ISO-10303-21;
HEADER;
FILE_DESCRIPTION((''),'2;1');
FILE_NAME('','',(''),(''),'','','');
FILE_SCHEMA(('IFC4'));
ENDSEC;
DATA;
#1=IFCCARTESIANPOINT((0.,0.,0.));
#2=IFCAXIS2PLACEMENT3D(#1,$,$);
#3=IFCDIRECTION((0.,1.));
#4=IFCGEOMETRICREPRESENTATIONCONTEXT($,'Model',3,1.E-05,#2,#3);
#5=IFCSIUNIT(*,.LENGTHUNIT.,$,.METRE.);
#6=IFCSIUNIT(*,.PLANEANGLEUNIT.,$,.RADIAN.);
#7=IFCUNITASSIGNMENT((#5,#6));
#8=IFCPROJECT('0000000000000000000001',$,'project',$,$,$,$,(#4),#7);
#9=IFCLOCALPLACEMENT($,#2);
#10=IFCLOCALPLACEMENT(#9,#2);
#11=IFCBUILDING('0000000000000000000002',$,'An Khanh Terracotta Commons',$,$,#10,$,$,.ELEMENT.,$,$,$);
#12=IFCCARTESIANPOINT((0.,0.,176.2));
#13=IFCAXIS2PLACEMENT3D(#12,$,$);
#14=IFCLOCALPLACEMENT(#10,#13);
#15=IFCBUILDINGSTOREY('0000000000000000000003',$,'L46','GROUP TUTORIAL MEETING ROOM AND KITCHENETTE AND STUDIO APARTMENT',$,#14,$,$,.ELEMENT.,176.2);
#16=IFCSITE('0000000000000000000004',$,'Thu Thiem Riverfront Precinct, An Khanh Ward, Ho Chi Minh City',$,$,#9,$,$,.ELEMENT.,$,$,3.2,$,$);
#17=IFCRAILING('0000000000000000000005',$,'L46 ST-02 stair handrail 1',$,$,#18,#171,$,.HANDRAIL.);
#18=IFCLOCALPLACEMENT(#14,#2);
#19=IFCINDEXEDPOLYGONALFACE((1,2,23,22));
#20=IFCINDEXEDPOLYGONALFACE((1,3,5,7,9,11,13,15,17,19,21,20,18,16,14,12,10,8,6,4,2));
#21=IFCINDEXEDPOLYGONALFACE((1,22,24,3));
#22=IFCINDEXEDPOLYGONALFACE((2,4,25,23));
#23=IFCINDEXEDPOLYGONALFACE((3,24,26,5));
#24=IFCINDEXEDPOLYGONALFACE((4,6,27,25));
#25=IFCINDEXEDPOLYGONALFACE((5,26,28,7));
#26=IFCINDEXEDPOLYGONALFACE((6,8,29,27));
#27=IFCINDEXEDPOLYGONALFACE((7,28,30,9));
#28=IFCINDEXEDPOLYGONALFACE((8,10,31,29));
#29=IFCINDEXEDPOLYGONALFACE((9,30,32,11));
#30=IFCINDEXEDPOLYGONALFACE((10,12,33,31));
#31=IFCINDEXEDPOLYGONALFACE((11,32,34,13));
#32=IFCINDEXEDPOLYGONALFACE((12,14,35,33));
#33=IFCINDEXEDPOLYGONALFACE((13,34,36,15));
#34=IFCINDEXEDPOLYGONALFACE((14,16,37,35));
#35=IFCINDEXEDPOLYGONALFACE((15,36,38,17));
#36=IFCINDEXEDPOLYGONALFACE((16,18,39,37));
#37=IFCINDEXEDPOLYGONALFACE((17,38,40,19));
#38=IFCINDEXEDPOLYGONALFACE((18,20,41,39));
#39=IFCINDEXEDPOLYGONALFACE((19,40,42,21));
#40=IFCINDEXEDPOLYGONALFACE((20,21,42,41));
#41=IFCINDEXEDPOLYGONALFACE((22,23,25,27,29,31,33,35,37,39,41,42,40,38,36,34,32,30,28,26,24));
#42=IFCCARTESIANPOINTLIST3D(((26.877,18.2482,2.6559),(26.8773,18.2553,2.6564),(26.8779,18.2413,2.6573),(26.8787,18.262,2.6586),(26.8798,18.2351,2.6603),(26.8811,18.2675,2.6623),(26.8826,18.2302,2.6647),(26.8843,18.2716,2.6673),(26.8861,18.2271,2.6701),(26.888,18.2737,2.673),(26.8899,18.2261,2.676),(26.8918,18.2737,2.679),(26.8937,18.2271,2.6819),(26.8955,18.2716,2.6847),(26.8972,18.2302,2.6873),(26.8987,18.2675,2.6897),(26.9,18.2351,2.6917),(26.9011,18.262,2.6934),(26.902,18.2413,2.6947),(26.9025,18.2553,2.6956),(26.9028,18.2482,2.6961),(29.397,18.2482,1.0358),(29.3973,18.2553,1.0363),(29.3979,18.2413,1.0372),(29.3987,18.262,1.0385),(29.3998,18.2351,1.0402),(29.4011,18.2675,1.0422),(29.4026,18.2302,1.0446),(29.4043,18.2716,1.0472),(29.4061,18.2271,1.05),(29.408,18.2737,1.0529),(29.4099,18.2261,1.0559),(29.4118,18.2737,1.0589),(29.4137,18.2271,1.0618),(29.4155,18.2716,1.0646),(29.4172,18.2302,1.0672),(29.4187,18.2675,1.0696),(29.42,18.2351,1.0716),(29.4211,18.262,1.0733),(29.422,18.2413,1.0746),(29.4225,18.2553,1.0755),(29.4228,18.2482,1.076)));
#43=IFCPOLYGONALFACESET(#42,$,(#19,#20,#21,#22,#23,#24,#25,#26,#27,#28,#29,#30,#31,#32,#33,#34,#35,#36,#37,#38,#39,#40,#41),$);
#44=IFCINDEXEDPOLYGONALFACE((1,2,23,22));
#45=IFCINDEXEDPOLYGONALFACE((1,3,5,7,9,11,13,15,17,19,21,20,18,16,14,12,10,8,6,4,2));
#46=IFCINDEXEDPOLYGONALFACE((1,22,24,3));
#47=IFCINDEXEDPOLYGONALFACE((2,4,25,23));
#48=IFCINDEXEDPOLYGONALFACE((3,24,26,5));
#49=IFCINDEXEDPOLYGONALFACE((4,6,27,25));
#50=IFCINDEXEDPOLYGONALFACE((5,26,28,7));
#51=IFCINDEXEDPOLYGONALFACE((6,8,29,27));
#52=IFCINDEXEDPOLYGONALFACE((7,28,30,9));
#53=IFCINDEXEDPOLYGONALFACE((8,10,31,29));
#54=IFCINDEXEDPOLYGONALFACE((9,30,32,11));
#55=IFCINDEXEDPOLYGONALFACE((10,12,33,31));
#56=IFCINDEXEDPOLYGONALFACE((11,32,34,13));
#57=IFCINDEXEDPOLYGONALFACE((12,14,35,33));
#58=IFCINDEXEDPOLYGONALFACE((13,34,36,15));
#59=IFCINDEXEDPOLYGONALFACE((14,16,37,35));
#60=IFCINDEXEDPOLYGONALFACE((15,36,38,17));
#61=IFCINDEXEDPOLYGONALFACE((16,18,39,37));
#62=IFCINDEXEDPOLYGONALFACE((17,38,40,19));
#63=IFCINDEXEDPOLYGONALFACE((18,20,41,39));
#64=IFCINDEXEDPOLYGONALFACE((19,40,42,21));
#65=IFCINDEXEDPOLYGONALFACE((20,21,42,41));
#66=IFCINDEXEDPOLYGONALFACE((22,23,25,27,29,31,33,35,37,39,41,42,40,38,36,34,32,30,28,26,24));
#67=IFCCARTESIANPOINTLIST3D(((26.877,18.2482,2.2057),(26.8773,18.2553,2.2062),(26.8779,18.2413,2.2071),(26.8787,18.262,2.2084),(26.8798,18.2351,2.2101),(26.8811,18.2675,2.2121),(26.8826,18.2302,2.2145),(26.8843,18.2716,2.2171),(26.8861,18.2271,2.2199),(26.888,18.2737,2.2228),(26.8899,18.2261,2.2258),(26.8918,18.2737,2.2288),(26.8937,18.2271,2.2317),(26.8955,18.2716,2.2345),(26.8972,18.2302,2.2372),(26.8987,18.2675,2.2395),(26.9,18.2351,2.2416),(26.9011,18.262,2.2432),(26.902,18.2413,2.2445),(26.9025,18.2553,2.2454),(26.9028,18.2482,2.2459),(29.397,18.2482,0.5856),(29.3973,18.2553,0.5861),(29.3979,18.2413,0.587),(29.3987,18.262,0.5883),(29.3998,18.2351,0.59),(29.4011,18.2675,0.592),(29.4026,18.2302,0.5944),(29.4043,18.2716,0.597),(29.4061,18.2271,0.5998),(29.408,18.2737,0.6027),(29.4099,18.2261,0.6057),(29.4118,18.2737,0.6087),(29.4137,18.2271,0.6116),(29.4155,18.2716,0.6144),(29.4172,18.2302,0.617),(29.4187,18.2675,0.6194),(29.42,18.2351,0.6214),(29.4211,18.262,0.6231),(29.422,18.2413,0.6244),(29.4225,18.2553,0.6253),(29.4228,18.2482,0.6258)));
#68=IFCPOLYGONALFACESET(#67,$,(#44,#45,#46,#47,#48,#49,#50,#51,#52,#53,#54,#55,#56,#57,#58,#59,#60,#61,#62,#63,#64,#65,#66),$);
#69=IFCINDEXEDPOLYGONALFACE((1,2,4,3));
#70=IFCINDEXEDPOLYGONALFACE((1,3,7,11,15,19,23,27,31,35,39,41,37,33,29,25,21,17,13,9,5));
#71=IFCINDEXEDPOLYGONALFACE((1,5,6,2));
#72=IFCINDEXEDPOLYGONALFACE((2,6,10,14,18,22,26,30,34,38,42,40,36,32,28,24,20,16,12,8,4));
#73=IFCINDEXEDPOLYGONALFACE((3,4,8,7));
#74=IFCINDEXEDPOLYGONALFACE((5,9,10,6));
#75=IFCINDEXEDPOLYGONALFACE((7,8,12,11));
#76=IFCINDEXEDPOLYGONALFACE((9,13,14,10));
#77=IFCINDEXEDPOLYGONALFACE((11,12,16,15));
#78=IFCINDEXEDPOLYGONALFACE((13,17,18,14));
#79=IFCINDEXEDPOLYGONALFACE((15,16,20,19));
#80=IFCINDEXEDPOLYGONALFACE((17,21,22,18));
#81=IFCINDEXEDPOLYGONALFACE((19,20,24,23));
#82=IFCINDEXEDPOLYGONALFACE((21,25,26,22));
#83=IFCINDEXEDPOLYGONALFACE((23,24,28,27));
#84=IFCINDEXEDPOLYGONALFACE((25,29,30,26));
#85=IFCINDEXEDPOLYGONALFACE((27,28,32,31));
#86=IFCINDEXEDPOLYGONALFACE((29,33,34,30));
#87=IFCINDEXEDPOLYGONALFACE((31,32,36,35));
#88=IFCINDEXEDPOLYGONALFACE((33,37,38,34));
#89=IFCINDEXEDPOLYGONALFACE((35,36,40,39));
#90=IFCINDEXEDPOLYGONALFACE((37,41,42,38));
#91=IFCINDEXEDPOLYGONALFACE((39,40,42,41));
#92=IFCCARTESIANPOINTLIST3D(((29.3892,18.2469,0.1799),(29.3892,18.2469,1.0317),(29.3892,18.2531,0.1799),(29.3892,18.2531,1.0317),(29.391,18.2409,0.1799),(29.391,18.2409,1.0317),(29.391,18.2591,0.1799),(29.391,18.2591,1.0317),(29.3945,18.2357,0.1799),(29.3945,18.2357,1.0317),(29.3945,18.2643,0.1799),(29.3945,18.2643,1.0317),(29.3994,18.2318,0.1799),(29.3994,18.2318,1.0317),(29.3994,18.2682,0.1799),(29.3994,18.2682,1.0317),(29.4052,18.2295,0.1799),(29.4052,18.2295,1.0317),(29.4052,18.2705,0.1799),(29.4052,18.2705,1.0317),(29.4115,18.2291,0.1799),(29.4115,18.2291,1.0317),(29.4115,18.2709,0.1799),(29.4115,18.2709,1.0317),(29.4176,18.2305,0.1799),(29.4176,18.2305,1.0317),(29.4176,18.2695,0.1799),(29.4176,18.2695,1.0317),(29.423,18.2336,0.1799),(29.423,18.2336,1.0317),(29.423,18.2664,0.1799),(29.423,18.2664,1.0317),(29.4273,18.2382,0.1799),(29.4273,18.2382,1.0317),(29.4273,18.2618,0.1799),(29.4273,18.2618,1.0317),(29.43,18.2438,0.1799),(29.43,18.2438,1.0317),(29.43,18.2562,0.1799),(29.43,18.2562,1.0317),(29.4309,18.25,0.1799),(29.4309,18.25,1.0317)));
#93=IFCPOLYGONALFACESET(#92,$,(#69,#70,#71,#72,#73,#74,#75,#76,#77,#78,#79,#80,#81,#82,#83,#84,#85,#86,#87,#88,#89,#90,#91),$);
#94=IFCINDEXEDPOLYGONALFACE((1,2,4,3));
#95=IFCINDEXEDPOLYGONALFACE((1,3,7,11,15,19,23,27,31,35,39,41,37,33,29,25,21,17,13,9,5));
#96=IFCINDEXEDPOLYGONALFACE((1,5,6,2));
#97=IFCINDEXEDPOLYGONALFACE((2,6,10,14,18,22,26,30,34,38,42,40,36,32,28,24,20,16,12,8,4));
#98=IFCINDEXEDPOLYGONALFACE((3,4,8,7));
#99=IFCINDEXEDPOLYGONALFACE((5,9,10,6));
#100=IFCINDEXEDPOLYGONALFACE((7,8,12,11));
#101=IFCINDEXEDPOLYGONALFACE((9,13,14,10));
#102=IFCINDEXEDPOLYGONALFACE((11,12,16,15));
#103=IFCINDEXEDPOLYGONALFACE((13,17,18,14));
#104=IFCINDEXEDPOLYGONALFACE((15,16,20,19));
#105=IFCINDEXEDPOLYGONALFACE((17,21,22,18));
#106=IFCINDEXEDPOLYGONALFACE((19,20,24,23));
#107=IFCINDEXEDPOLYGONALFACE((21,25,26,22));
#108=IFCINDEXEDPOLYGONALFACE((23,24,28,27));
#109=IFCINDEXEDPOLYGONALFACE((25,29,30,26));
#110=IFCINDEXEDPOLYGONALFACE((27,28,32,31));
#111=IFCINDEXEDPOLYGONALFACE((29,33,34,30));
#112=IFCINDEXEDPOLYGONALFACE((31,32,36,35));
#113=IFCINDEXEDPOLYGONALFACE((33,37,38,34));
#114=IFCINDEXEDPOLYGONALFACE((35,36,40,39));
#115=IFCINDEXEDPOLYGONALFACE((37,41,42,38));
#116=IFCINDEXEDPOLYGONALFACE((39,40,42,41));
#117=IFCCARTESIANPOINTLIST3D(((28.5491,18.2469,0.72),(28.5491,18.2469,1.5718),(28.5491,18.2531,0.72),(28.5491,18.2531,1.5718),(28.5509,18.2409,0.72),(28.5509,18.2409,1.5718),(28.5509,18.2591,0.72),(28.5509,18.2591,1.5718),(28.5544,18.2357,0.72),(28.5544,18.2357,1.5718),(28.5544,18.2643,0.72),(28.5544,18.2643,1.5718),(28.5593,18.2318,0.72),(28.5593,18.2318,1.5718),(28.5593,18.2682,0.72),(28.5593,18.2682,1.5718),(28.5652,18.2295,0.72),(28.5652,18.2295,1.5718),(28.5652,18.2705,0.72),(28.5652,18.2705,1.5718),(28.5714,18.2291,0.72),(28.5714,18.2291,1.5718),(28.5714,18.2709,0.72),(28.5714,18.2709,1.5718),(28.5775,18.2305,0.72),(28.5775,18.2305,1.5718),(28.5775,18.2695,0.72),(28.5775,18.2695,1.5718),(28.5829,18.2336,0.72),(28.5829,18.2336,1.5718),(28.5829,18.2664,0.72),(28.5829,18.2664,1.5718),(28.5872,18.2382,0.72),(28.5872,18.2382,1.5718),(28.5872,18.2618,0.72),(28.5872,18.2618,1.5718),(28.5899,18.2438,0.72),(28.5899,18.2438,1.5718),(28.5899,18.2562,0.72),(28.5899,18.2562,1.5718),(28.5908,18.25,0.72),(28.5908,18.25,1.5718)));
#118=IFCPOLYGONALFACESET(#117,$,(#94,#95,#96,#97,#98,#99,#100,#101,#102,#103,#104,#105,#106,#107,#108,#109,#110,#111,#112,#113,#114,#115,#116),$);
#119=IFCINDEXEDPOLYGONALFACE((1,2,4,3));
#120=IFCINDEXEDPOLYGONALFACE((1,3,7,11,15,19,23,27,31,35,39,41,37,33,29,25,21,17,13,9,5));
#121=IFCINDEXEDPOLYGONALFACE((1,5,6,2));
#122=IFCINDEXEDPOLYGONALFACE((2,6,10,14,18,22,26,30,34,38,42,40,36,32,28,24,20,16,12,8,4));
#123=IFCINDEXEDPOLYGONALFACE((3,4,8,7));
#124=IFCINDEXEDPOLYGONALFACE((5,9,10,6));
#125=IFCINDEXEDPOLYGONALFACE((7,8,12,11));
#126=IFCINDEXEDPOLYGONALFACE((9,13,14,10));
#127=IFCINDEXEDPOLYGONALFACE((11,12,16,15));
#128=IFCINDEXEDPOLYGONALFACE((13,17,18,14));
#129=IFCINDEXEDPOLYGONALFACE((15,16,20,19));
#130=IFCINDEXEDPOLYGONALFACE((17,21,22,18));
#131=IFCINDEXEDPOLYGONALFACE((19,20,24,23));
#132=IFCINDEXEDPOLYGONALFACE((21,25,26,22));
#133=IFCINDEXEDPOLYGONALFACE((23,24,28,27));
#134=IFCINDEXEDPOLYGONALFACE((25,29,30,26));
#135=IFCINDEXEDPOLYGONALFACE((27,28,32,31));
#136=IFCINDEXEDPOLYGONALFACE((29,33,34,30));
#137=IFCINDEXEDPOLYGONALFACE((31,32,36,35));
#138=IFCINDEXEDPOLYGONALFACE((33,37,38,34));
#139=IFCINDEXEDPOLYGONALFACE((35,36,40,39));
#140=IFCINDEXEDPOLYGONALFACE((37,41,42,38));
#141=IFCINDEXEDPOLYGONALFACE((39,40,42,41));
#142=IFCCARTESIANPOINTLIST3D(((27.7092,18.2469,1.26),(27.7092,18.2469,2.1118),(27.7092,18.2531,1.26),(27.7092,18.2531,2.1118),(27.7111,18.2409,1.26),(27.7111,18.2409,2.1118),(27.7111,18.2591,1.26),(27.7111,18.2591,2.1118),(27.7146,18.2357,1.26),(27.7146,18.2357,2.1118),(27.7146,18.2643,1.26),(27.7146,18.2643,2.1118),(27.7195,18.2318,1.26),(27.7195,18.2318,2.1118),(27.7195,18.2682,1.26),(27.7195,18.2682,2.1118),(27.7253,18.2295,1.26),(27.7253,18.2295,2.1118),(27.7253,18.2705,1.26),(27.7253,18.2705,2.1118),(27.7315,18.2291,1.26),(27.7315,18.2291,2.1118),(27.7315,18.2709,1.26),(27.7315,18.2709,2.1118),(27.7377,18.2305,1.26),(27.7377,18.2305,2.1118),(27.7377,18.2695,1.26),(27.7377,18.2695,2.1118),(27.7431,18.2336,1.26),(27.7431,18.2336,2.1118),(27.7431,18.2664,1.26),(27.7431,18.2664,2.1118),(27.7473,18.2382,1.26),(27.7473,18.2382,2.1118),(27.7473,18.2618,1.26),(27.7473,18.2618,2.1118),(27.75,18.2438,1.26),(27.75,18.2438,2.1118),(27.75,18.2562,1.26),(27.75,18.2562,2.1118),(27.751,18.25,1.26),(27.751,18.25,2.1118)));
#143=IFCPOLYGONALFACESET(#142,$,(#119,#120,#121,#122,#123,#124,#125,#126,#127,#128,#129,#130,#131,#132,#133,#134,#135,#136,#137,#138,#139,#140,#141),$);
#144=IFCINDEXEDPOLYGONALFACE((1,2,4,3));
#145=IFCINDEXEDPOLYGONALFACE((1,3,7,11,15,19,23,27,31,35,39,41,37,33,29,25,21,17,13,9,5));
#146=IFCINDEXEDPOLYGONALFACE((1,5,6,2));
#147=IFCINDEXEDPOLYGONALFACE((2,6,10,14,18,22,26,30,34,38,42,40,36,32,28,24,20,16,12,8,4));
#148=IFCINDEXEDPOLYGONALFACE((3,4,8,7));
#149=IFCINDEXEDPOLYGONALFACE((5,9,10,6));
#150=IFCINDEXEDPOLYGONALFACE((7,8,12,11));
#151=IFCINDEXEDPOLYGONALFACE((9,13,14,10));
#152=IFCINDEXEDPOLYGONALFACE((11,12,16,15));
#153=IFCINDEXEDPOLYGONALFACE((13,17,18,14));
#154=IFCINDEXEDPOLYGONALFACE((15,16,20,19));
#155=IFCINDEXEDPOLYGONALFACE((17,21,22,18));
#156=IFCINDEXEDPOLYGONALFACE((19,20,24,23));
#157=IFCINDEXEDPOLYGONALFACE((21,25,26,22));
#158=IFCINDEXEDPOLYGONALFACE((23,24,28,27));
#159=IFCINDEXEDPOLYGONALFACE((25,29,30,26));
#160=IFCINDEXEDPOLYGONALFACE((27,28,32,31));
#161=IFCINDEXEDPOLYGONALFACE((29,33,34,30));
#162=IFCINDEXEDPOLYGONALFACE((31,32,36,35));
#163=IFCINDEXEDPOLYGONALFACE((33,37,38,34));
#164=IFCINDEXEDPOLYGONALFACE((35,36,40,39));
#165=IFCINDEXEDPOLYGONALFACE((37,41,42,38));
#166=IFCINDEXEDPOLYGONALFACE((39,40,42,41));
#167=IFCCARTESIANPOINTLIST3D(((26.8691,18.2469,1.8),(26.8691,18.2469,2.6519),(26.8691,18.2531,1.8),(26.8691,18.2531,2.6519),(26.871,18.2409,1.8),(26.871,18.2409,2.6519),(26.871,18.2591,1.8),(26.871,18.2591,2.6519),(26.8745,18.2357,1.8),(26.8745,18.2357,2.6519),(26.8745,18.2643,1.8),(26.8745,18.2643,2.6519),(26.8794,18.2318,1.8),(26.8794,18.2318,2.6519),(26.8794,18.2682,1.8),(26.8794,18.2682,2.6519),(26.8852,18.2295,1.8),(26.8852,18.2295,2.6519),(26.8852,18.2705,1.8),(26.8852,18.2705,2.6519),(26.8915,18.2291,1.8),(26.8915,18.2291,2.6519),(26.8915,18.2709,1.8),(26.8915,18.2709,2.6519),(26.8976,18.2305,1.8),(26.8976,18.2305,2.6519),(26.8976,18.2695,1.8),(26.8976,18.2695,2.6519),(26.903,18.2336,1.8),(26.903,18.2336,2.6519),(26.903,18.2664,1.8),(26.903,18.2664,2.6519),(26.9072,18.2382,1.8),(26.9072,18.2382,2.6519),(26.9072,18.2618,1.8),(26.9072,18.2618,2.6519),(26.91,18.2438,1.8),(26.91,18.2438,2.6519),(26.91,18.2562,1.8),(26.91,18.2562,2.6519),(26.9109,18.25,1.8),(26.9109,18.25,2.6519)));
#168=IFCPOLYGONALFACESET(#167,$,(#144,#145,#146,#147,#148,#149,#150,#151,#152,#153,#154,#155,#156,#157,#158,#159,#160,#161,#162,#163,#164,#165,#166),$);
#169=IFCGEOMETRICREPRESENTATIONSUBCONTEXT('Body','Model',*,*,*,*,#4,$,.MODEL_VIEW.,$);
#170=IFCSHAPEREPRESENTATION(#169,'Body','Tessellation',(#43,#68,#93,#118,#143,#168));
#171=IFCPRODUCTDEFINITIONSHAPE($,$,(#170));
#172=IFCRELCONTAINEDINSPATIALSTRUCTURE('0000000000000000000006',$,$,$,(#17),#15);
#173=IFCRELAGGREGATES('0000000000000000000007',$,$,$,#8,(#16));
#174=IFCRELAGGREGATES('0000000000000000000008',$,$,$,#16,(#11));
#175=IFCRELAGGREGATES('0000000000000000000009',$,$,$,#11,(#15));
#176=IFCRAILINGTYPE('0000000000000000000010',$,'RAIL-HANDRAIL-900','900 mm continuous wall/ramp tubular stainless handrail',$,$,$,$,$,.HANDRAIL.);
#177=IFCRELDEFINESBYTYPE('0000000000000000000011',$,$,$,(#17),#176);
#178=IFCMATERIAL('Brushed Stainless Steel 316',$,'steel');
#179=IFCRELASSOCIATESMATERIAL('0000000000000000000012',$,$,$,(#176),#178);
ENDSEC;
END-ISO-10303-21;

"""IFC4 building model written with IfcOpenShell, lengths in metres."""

from ifc_helpers import new_model, si_unit, direction, frame, origin, origin_2d, place, context, subcontext, project, spatial, circle, extrude, material, type_object, element, save


model = new_model("IFC4")

# Units and contexts
model_context = context("Model", 3, precision=1e-05, world=origin(), true_north=direction((0.0, 1.0)))
body_context = subcontext(model_context, "Body", "Model", "MODEL_VIEW")
ifc_project = project(units=[si_unit("LENGTHUNIT", "METRE"), si_unit("PLANEANGLEUNIT", "RADIAN")], contexts=[model_context])

# Site, building, storey
site_placement = place(None, origin())
site = spatial("IfcSite", under=ifc_project, at=site_placement, Name="Thu Thiem Riverfront Precinct, An Khanh Ward, Ho Chi Minh City", CompositionType="ELEMENT", RefElevation=3.2)
building_placement = place(site_placement, origin())
building = spatial("IfcBuilding", under=site, at=building_placement, Name="An Khanh Terracotta Commons", CompositionType="ELEMENT")
storey_placement = place(building_placement, frame((0.0, 0.0, 176.2)))
storey = spatial("IfcBuildingStorey", under=building, at=storey_placement, Name="L46", Description="GROUP TUTORIAL MEETING ROOM AND KITCHENETTE AND STUDIO APARTMENT", CompositionType="ELEMENT", Elevation=176.2)

# Railing
ifc_material_1 = material(Name="Brushed Stainless Steel 316", Category="steel")
railing_type_1 = type_object("IfcRailingType", Name="RAIL-HANDRAIL-900", Description="900 mm continuous wall/ramp tubular stainless handrail", PredefinedType="HANDRAIL", material=ifc_material_1)
railing_1_placement = place(storey_placement, frame((29.4099, 18.25, 0.1799)))
element("IfcRailing", 1, at=railing_1_placement, inside=storey, type_object=railing_type_1, Name="L46 ST-02 stair handrail 1", PredefinedType="HANDRAIL", context=body_context, shape_type="SweptSolid", body=[
    extrude(circle(Radius=0.0239, at=origin_2d()), frame((0.0, 0.0, 0.876), z_axis=(-0.841163, 0.0, 0.540782), x_axis=(0.0, -1.0, 0.0)), (0.0, 0.0, 1.0), 2.9958),
    extrude(circle(Radius=0.0239, at=origin_2d()), frame((0.0, 0.0, 0.4258), z_axis=(-0.841163, 0.0, 0.540782), x_axis=(0.0, -1.0, 0.0)), (0.0, 0.0, 1.0), 2.9958),
    extrude(circle(Radius=0.021, at=origin_2d()), origin(), (0.0, 0.0, 1.0), 0.8518),
    extrude(circle(Radius=0.021, at=origin_2d()), frame((-0.8401, 0.0, 0.54)), (0.0, 0.0, 1.0), 0.8518),
    extrude(circle(Radius=0.021, at=origin_2d()), frame((-1.6799, 0.0, 1.0801)), (0.0, 0.0, 1.0), 0.8518),
    extrude(circle(Radius=0.021, at=origin_2d()), frame((-2.52, 0.0, 1.6201)), (0.0, 0.0, 1.0), 0.8518),
])

save(model, "model.ifc")
